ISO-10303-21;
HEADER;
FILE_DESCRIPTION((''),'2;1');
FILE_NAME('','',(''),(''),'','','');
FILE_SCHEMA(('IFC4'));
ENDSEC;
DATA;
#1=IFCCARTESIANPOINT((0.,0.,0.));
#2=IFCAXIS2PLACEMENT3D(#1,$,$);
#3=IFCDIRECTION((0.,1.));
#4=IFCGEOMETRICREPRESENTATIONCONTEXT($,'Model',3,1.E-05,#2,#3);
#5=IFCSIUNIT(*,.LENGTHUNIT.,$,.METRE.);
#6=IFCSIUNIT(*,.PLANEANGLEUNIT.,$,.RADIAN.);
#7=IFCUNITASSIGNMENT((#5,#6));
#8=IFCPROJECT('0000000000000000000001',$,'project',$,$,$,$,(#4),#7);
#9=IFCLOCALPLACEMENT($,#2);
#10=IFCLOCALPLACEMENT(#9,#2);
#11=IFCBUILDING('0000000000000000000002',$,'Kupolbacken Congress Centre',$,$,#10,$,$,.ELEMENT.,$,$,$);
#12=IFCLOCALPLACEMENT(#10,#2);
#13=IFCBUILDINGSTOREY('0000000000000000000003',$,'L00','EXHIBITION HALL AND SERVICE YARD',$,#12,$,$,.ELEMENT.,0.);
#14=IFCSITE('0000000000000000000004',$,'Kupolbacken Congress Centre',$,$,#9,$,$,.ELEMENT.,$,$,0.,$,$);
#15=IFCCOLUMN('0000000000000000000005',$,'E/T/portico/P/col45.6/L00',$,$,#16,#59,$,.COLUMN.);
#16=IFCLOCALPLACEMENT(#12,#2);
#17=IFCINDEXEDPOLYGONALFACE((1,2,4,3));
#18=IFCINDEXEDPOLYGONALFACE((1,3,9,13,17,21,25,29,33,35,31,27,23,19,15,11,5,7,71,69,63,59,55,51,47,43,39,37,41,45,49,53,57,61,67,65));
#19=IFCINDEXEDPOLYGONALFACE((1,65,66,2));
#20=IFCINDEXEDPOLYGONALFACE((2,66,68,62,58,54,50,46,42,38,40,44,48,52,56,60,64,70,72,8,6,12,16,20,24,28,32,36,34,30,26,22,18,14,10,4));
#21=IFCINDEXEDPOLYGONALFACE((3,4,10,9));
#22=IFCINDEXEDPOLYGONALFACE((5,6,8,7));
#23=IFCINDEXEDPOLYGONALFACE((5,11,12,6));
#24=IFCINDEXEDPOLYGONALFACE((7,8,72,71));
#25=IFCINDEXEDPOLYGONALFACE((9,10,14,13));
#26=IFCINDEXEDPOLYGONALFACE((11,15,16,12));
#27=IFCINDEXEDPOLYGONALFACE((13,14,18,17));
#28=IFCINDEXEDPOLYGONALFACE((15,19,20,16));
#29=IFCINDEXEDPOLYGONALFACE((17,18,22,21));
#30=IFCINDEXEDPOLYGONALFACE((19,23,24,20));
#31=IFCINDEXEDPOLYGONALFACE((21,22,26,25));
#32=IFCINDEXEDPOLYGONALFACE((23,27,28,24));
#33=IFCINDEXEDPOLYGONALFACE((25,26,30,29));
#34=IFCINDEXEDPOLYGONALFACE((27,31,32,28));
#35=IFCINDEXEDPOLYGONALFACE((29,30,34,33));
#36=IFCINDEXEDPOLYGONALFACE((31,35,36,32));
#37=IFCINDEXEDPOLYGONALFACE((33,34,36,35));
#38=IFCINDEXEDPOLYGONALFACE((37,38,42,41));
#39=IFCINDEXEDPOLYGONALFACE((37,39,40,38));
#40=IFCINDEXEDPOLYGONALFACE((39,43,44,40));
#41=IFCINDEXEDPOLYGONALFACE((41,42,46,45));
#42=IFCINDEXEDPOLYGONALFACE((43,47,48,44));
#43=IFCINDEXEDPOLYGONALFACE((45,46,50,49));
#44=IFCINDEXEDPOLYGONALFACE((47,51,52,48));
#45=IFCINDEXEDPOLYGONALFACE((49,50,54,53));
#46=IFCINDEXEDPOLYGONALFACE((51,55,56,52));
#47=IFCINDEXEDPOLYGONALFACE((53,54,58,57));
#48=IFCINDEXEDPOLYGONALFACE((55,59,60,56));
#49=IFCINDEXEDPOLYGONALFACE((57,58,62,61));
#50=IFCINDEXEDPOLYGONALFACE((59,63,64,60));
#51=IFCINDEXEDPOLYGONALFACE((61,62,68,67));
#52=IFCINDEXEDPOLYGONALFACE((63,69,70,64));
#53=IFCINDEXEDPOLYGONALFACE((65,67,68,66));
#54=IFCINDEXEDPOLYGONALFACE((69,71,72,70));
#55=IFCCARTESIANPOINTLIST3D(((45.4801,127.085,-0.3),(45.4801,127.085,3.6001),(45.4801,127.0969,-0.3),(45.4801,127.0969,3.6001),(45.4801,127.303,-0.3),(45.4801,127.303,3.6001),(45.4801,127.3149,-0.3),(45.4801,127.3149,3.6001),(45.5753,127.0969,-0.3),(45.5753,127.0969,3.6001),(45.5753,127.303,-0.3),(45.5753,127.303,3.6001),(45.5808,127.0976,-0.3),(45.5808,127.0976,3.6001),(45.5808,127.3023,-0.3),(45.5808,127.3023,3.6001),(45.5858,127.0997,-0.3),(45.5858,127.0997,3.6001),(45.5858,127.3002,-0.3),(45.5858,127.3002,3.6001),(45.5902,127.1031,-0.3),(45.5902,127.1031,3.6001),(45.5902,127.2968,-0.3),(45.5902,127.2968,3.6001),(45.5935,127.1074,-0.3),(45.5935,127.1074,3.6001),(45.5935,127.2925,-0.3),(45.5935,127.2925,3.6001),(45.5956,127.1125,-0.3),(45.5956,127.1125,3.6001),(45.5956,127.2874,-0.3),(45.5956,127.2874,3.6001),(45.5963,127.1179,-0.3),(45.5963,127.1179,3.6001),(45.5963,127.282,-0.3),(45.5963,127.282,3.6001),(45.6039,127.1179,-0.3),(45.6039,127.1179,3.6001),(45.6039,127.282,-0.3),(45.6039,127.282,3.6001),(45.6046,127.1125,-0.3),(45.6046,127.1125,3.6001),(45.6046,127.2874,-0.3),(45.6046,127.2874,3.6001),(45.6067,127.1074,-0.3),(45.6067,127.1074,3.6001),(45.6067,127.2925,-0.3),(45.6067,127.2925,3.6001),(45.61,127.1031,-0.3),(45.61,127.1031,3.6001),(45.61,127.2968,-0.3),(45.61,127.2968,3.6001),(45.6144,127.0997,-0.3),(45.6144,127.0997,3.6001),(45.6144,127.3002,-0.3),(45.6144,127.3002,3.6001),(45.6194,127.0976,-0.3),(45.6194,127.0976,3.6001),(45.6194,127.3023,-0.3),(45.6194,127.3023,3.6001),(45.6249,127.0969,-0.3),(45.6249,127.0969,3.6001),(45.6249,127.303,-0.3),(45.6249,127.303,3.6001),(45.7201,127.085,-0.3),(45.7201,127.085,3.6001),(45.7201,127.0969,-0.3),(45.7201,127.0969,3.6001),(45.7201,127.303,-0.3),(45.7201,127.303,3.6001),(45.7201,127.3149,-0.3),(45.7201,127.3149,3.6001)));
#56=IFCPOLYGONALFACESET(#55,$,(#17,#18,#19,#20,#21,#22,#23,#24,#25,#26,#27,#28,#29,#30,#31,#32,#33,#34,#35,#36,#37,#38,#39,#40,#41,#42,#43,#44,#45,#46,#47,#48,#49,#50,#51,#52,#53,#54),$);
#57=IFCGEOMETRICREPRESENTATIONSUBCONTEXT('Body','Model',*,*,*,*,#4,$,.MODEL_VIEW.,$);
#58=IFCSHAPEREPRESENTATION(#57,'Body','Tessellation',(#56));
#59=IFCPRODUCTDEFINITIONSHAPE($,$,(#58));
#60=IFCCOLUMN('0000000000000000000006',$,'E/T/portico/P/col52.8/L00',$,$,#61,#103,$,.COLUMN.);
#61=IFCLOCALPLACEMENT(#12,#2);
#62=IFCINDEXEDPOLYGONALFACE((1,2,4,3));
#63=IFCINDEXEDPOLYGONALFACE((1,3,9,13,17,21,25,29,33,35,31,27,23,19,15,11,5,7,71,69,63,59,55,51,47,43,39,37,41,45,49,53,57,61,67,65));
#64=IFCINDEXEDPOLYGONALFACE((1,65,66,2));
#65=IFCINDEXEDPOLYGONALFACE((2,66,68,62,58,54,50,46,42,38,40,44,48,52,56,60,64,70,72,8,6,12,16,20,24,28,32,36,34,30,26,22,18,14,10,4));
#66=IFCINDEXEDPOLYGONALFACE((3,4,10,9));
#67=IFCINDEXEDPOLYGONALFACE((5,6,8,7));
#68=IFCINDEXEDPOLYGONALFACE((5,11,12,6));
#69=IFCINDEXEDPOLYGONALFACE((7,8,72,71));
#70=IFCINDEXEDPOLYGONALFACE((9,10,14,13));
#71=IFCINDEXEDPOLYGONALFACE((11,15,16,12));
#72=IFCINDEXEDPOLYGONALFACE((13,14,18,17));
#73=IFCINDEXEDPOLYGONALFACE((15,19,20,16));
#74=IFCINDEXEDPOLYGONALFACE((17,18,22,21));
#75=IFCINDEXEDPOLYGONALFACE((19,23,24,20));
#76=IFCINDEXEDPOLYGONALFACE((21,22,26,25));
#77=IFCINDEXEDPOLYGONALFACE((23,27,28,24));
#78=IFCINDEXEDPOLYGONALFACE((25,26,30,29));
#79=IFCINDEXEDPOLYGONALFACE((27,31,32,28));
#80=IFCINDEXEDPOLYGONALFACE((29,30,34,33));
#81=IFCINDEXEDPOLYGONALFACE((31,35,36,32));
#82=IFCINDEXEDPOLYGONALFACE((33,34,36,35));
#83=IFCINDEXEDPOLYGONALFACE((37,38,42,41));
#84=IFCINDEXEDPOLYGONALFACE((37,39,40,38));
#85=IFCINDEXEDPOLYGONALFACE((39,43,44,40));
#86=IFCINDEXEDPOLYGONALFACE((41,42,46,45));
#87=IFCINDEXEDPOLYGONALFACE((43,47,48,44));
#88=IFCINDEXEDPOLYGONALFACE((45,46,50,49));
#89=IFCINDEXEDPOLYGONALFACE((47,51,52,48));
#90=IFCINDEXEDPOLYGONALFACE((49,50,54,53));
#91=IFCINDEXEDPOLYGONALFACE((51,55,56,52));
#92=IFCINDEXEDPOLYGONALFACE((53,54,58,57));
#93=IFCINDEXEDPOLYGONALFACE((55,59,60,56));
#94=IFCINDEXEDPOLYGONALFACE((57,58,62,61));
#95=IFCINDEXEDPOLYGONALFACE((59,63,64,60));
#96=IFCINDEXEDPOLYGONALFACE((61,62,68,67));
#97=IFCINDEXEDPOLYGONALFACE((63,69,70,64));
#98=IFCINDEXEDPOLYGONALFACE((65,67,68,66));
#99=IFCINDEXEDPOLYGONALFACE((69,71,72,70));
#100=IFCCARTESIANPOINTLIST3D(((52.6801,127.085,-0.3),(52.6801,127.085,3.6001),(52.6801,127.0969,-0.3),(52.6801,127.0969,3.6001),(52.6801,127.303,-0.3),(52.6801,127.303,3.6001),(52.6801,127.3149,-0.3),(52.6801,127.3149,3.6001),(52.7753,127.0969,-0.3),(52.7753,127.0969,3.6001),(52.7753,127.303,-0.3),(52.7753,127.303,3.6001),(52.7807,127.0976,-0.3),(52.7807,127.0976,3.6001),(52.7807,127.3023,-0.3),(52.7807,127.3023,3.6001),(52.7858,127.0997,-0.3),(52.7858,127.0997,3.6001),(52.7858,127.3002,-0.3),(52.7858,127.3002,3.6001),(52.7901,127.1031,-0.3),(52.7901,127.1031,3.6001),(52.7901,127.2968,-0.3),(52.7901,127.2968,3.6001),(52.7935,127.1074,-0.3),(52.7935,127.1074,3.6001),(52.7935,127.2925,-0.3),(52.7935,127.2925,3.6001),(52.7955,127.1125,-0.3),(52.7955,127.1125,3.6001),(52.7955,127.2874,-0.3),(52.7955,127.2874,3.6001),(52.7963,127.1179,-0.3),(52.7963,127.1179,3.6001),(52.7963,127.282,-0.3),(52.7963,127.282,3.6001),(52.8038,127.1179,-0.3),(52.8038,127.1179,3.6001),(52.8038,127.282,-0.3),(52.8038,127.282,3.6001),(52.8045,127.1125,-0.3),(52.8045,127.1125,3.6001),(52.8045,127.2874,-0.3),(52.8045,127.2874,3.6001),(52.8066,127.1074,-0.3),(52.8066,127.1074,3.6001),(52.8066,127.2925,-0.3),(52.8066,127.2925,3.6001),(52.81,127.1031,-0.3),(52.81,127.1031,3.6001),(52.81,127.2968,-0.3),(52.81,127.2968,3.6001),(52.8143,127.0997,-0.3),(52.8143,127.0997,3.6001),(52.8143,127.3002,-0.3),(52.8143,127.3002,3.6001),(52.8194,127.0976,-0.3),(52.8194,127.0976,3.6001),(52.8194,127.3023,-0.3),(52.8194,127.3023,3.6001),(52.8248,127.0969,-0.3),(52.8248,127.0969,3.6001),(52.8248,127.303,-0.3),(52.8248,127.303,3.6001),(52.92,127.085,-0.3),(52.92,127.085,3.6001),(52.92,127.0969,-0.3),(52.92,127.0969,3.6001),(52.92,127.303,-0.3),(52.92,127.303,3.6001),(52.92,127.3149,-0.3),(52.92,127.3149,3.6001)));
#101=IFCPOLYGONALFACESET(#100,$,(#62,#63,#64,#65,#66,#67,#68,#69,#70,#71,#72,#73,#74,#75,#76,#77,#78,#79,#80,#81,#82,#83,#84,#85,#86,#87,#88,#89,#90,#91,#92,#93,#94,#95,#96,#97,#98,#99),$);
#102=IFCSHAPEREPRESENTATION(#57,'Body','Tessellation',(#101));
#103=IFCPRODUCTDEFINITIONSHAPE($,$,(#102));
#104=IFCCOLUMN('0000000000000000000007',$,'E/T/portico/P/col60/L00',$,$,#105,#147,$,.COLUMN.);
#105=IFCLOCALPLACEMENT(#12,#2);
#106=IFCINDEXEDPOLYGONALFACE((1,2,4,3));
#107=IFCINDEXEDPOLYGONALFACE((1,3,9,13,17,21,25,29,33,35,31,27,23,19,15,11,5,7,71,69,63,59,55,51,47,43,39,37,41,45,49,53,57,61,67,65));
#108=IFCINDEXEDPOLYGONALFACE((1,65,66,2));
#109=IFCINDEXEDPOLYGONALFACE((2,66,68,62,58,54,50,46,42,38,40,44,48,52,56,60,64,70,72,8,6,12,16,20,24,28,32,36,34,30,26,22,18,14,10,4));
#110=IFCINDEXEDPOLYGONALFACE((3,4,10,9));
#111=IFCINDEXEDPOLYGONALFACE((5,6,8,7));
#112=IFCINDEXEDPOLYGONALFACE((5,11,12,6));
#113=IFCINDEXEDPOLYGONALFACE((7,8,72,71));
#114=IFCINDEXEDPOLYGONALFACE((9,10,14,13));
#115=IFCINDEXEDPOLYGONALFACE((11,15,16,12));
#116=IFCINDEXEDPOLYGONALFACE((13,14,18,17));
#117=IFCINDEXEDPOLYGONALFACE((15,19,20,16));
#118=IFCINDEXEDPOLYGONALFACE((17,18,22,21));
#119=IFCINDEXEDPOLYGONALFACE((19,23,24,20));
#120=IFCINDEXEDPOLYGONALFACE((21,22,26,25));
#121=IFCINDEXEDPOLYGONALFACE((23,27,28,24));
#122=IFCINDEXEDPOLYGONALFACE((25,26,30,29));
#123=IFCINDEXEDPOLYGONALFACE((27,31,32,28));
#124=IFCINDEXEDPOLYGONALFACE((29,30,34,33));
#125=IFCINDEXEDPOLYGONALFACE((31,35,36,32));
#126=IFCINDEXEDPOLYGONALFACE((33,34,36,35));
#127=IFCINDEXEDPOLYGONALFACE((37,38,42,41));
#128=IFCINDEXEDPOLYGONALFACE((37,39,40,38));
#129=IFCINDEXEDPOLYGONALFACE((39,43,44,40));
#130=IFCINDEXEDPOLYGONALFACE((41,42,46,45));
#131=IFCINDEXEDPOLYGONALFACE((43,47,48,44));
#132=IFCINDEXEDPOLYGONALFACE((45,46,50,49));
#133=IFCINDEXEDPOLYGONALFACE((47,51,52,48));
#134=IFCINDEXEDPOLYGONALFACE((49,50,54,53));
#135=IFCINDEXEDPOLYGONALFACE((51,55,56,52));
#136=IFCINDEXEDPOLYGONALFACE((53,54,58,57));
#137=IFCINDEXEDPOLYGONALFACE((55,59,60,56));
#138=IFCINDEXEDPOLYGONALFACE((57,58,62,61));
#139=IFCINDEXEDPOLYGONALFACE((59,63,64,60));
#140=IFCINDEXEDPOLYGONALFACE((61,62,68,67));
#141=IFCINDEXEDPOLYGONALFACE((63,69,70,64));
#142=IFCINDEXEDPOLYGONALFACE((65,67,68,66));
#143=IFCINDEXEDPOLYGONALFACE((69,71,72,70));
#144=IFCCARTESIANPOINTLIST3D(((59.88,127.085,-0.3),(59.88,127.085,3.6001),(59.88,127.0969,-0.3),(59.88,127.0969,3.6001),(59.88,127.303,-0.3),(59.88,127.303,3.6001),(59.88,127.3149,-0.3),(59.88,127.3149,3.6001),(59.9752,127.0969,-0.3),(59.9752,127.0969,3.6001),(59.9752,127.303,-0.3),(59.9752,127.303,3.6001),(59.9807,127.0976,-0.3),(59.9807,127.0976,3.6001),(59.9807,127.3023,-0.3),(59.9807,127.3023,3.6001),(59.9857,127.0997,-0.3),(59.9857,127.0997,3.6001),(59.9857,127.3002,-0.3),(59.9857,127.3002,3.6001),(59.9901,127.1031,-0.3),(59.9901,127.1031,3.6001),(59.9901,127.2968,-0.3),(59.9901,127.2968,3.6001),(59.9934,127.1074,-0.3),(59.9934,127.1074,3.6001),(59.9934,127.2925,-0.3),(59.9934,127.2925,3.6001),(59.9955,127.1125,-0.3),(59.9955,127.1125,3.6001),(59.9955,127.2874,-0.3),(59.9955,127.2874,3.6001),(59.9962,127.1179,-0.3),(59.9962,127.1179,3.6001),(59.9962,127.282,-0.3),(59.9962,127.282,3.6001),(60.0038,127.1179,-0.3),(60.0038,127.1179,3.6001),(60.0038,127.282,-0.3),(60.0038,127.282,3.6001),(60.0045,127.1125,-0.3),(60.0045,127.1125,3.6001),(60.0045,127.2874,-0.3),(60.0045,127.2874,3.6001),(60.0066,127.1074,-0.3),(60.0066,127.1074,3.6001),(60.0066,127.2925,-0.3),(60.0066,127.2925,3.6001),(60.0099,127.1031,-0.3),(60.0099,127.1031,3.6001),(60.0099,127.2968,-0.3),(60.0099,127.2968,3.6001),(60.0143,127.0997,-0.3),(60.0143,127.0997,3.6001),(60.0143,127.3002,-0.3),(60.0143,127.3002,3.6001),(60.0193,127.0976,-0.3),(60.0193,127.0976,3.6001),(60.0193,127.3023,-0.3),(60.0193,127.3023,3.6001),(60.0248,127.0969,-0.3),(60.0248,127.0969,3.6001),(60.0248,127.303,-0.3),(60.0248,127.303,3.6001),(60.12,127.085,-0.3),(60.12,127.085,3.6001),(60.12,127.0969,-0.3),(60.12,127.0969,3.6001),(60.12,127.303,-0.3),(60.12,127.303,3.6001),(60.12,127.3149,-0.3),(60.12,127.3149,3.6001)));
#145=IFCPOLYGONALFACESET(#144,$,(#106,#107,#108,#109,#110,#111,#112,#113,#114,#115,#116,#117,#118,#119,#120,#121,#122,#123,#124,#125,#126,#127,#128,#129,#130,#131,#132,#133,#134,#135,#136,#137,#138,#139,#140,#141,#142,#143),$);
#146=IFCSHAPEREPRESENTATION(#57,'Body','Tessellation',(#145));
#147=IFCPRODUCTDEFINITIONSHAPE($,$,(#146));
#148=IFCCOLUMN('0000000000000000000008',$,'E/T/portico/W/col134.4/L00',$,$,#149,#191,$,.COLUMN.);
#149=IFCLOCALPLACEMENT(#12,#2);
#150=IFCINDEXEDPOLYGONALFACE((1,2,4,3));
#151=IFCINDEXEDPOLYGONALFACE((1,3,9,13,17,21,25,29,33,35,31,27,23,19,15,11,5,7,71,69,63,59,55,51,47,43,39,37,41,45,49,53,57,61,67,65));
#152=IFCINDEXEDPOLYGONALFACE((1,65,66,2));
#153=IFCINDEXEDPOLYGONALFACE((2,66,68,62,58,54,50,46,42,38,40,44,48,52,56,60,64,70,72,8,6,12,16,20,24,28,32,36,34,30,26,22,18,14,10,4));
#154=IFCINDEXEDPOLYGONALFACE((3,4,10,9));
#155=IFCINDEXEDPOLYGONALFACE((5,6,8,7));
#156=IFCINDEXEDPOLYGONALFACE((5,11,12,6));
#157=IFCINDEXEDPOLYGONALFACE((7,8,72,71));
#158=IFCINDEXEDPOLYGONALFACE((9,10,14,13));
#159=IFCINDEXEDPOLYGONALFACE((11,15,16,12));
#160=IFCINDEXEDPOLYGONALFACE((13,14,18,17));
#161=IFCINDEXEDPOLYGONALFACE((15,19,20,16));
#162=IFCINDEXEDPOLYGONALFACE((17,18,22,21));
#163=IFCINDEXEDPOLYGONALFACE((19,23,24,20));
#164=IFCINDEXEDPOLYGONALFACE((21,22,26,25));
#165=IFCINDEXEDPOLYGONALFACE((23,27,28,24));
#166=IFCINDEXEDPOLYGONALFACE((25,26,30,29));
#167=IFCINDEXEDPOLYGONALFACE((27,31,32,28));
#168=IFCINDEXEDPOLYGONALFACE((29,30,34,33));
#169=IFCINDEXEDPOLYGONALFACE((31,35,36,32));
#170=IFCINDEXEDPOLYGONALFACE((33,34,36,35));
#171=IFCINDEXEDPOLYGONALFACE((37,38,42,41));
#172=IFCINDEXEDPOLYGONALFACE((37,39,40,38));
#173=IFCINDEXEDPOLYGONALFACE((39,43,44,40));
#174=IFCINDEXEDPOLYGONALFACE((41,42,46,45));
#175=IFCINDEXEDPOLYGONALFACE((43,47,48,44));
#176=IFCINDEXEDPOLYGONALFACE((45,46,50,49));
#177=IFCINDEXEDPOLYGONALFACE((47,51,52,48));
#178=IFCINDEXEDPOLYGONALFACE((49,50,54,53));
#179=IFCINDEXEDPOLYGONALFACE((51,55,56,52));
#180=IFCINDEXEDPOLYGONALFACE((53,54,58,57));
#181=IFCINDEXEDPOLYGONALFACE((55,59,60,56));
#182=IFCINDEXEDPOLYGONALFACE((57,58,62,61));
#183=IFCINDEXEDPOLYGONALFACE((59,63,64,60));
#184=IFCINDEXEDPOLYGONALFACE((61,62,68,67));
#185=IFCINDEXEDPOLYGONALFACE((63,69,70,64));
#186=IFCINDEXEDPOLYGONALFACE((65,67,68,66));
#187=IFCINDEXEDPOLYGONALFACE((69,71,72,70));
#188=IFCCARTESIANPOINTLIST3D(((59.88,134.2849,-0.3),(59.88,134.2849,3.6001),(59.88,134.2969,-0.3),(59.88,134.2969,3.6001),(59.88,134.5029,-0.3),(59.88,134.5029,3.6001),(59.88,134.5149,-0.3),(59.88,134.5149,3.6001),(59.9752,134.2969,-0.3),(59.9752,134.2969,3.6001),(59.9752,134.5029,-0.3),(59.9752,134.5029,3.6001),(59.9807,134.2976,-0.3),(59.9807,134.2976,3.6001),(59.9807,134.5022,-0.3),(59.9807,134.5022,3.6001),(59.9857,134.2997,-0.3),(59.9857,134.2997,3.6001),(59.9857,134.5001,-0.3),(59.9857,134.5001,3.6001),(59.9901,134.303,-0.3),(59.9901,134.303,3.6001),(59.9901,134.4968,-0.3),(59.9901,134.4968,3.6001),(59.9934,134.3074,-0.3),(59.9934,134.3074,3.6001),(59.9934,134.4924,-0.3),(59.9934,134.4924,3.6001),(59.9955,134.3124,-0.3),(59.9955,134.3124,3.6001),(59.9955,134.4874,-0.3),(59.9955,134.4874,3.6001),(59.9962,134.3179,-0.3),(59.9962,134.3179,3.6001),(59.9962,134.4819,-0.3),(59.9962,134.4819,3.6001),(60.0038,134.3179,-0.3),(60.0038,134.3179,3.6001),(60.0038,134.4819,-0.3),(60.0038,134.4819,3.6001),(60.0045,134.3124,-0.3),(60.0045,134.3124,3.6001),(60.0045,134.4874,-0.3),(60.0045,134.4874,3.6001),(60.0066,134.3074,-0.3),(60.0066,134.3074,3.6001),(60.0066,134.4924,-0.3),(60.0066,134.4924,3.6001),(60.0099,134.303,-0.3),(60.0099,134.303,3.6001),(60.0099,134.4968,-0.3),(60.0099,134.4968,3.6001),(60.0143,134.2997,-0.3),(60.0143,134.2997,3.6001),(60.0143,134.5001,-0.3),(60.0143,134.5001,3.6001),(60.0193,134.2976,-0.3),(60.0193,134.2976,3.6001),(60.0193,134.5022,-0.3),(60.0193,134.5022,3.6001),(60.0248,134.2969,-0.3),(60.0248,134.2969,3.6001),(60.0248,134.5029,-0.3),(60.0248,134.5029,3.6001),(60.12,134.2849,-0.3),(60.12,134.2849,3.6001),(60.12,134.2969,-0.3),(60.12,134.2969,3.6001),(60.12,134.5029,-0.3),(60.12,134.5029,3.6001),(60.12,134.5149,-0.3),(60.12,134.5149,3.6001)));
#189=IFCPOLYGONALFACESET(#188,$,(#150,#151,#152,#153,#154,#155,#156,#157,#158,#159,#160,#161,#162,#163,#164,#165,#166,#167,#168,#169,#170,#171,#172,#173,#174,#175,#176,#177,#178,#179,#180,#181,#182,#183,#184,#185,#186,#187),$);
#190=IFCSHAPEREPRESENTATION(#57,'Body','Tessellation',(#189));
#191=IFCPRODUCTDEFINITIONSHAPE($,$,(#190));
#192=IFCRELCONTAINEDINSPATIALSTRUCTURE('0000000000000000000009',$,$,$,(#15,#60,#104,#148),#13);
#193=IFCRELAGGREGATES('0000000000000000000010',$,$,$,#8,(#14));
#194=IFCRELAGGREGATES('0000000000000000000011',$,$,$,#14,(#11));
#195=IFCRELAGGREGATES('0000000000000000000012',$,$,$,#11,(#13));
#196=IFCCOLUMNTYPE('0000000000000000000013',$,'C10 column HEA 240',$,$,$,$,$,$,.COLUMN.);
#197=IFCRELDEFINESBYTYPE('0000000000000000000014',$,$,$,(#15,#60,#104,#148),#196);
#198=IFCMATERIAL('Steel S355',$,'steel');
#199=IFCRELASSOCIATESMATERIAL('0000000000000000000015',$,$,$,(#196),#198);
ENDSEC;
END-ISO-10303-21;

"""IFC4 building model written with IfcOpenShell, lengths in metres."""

from ifc_helpers import new_model, si_unit, direction, frame, origin, origin_2d, place, context, subcontext, project, spatial, i_section, extrude, material, material_profile, profile_set, type_object, element, save


model = new_model("IFC4")

# Units and contexts
model_context = context("Model", 3, precision=1e-05, world=origin(), true_north=direction((0.0, 1.0)))
body_context = subcontext(model_context, "Body", "Model", "MODEL_VIEW")
ifc_project = project(units=[si_unit("LENGTHUNIT", "METRE"), si_unit("PLANEANGLEUNIT", "RADIAN")], contexts=[model_context])

# Site, building, storey
site_placement = place(None, origin())
site = spatial("IfcSite", under=ifc_project, at=site_placement, Name="Kupolbacken Congress Centre", CompositionType="ELEMENT", RefElevation=0.0)
building_placement = place(site_placement, origin())
building = spatial("IfcBuilding", under=site, at=building_placement, Name="Kupolbacken Congress Centre", CompositionType="ELEMENT")
storey_placement = place(building_placement, origin())
storey = spatial("IfcBuildingStorey", under=building, at=storey_placement, Name="L00", Description="EXHIBITION HALL AND SERVICE YARD", CompositionType="ELEMENT", Elevation=0.0)

# Columns
ifc_material_1 = material(Name="Steel S355", Category="steel")
ifc_material_profile_1 = material_profile(ifc_material_1, i_section(OverallWidth=0.24, OverallDepth=0.23, WebThickness=0.0076, FlangeThickness=0.012, FilletRadius=0.021, at=origin_2d()), Name="HEA 240")
ifc_profile_set_1 = profile_set([ifc_material_profile_1], Name="Steel S355")
column_type_1 = type_object("IfcColumnType", Name="C10 column HEA 240", PredefinedType="COLUMN", material=ifc_profile_set_1)
for number, where, z_axis, x_axis, name in (
    (1, (45.6001, 127.2, -0.3), (0.0, 0.0, 1.0), (1.0, 0.0, 0.0), "E/T/portico/P/col45.6/L00"),
    (2, (52.8, 127.2, -0.3), (0.0, 0.0, 1.0), (1.0, 0.0, 0.0), "E/T/portico/P/col52.8/L00"),
    (3, (60.0, 127.2, -0.3), (0.0, 0.0, 1.0), (1.0, 0.0, 0.0), "E/T/portico/P/col60/L00"),
    (4, (60.0, 134.3999, -0.3), (0.0, 0.0, 1.0), (1.0, 0.0, 0.0), "E/T/portico/W/col134.4/L00"),
):
    element("IfcColumn", number, at=place(storey_placement, frame(where, z_axis=z_axis, x_axis=x_axis)), inside=storey, type_object=column_type_1, Name=name, PredefinedType="COLUMN", context=body_context, shape_type="SweptSolid", body=[
        extrude(i_section(OverallWidth=0.24, OverallDepth=0.23, WebThickness=0.0076, FlangeThickness=0.012, FilletRadius=0.021, at=origin_2d()), origin(), (0.0, 0.0, 1.0), 3.9001),
    ])

save(model, "model.ifc")
